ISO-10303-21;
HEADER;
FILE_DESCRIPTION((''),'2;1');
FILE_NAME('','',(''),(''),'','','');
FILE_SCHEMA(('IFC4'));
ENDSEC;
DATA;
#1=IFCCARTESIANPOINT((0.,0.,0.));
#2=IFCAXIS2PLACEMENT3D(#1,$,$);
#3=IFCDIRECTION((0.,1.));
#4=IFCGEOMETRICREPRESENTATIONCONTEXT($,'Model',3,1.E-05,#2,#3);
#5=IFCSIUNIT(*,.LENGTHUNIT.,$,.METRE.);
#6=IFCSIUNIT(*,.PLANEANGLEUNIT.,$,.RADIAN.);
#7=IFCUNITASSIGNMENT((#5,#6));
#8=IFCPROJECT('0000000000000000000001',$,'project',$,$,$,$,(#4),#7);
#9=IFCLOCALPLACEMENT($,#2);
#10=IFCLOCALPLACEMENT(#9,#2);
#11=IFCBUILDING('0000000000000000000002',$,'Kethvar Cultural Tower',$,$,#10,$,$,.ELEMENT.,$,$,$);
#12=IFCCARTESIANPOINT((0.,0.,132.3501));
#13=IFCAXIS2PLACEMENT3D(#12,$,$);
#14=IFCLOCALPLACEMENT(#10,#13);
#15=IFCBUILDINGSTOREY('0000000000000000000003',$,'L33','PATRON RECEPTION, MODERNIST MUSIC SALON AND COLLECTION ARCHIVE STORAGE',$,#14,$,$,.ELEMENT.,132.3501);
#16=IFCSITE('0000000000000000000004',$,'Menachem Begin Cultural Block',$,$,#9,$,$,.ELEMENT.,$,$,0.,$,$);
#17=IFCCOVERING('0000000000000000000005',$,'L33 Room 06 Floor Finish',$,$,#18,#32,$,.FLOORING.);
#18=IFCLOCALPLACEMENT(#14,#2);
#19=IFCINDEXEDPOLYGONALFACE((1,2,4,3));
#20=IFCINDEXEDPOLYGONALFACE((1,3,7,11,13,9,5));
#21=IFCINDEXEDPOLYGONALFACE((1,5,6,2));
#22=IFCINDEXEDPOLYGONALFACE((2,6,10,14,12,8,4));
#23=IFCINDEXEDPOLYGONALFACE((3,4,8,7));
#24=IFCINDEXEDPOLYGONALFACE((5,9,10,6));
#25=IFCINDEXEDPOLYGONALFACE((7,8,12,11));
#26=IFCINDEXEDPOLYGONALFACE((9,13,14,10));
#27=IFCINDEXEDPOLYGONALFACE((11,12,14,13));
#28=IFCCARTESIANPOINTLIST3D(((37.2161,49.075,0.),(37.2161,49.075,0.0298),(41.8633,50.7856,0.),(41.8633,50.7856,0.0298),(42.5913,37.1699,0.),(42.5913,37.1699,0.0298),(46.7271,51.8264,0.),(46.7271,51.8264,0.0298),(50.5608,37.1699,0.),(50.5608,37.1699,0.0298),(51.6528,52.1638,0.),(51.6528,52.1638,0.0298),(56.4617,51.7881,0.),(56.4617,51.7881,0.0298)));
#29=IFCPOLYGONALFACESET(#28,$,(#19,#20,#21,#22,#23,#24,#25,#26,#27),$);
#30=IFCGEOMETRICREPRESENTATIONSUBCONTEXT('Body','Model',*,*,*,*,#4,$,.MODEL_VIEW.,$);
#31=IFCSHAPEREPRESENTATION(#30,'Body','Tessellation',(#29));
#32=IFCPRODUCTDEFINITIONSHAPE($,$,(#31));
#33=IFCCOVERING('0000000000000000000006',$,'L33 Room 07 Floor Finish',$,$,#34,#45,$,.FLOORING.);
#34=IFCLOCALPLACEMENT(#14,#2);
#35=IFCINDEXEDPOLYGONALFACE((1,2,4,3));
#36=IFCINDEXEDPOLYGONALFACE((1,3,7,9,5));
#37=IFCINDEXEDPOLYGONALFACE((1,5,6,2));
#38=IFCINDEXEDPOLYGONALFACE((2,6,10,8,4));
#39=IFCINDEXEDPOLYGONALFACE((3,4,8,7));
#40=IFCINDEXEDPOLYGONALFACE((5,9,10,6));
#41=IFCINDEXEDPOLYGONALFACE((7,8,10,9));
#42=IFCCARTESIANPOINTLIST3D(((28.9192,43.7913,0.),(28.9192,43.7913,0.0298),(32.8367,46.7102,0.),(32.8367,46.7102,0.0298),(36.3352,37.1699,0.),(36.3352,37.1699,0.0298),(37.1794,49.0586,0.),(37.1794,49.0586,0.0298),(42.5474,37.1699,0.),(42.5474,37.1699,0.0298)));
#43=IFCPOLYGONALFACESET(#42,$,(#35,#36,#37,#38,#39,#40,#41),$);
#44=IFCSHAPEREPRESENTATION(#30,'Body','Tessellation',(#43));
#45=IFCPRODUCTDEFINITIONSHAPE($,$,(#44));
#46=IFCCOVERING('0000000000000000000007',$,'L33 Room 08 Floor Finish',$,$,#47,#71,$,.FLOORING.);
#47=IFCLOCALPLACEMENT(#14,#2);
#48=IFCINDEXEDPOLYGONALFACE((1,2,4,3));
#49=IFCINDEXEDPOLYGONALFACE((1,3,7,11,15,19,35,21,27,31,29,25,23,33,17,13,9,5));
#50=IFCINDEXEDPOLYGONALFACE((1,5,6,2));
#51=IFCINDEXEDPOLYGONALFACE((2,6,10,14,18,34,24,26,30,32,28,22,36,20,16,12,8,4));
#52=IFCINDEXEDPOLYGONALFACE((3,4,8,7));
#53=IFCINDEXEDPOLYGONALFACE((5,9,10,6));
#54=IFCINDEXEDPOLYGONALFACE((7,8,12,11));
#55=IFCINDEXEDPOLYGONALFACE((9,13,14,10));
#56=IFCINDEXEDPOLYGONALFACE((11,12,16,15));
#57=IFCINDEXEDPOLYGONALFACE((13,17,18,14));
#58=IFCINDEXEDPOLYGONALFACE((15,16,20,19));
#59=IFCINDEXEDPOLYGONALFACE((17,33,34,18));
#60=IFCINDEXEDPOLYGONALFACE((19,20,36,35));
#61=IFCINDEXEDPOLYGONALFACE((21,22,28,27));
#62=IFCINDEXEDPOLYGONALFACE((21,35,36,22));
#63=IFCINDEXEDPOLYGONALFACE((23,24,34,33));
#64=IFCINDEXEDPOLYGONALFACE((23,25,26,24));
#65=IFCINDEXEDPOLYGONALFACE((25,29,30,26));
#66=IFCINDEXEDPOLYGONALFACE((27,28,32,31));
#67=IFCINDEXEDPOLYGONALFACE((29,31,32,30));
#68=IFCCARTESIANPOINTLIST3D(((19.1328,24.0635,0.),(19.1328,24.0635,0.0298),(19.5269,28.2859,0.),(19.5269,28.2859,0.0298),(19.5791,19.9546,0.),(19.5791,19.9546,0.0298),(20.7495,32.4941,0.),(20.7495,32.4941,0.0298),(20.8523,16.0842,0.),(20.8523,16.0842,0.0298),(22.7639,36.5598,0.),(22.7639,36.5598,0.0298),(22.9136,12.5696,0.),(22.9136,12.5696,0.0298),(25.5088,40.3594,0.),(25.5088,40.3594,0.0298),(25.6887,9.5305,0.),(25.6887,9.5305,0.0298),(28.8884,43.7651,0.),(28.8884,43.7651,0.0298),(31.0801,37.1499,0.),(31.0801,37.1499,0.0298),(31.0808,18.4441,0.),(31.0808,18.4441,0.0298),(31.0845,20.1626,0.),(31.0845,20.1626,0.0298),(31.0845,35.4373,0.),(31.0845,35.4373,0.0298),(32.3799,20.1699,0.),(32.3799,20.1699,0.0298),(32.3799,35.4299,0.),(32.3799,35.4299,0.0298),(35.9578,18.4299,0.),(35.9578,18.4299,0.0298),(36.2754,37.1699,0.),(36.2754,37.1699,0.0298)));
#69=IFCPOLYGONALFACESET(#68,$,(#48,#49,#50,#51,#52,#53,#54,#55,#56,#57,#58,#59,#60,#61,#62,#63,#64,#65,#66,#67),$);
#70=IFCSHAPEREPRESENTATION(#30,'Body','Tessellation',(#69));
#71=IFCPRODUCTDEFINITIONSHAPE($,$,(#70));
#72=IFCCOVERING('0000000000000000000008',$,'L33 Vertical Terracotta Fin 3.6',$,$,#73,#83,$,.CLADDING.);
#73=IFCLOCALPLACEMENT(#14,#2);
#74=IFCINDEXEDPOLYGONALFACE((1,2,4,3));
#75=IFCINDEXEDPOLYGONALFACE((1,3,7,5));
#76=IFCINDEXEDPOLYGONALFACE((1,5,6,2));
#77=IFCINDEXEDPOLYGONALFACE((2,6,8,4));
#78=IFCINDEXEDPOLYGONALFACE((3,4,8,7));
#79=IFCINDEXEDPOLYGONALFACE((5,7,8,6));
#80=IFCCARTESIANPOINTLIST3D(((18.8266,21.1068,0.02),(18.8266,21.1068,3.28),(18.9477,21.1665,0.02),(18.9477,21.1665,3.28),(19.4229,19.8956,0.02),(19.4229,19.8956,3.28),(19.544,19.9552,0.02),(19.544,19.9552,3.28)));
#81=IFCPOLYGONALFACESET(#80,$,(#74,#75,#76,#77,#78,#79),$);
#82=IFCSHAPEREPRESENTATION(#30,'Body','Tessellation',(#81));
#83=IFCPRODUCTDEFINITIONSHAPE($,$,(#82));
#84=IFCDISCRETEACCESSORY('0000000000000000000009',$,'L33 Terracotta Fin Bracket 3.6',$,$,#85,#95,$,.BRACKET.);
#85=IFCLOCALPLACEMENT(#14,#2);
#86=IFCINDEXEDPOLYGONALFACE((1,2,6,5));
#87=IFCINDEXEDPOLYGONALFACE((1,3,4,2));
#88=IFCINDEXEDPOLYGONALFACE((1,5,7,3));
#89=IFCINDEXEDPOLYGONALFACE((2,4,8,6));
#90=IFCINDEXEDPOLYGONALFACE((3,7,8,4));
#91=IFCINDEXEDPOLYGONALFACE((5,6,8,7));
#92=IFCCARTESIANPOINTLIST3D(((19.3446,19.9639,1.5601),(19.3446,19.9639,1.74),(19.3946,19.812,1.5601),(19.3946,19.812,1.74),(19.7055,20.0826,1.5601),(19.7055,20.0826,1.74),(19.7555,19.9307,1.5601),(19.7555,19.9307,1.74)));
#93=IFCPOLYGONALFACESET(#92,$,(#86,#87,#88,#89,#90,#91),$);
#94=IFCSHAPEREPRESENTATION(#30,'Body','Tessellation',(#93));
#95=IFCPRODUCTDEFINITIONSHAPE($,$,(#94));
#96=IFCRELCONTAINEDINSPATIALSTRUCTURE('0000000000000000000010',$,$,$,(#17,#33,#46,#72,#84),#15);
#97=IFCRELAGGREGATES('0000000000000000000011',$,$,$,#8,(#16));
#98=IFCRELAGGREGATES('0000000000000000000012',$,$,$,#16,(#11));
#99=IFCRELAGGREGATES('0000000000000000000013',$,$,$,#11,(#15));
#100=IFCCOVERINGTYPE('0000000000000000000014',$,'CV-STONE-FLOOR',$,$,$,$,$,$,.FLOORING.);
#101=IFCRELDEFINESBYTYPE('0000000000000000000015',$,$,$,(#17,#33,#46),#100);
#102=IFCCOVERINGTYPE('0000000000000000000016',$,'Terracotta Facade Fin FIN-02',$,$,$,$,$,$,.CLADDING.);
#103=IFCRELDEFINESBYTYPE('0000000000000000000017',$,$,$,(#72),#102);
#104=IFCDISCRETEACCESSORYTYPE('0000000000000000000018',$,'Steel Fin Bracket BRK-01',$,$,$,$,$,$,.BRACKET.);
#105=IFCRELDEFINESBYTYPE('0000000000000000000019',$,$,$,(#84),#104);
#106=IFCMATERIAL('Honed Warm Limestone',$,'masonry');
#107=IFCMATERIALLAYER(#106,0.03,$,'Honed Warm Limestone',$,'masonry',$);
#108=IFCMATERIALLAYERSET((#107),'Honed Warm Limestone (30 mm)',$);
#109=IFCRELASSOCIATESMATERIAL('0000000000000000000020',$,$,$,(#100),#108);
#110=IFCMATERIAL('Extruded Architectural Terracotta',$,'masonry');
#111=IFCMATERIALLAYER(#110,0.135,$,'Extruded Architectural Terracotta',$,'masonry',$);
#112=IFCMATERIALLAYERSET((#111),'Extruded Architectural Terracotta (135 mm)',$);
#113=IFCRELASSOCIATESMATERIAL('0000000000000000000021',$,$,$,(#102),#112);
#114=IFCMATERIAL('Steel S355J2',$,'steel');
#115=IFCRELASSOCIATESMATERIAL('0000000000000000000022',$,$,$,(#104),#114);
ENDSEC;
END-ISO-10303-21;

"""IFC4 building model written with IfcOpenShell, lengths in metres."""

from ifc_helpers import new_model, si_unit, direction, frame, origin, origin_2d, place, context, subcontext, project, spatial, polyline, rectangle, outline, extrude, source, transform, mapped, material, layer, layer_set, type_object, element, save


model = new_model("IFC4")

# Units and contexts
model_context = context("Model", 3, precision=1e-05, world=origin(), true_north=direction((0.0, 1.0)))
body_context = subcontext(model_context, "Body", "Model", "MODEL_VIEW")
ifc_project = project(units=[si_unit("LENGTHUNIT", "METRE"), si_unit("PLANEANGLEUNIT", "RADIAN")], contexts=[model_context])

# Site, building, storey
site_placement = place(None, origin())
site = spatial("IfcSite", under=ifc_project, at=site_placement, Name="Menachem Begin Cultural Block", CompositionType="ELEMENT", RefElevation=0.0)
building_placement = place(site_placement, origin())
building = spatial("IfcBuilding", under=site, at=building_placement, Name="Kethvar Cultural Tower", CompositionType="ELEMENT")
storey_placement = place(building_placement, frame((0.0, 0.0, 132.3501)))
storey = spatial("IfcBuildingStorey", under=building, at=storey_placement, Name="L33", Description="PATRON RECEPTION, MODERNIST MUSIC SALON AND COLLECTION ARCHIVE STORAGE", CompositionType="ELEMENT", Elevation=132.3501)

# Coverings
ifc_material_1 = material(Name="Honed Warm Limestone", Category="masonry")
ifc_layer_1 = layer(ifc_material_1, 0.03, Name="Honed Warm Limestone", Category="masonry")
ifc_layer_set_1 = layer_set([ifc_layer_1], Name="Honed Warm Limestone (30 mm)")
covering_type_1 = type_object("IfcCoveringType", Name="CV-STONE-FLOOR", PredefinedType="FLOORING", material=ifc_layer_set_1)
covering_1_placement = place(storey_placement, origin())
element("IfcCovering", 1, at=covering_1_placement, inside=storey, type_object=covering_type_1, Name="L33 Room 06 Floor Finish", PredefinedType="FLOORING", context=body_context, shape_type="SweptSolid", body=[
    extrude(outline(polyline([(41.8633, 50.7856), (46.7271, 51.8264), (51.6528, 52.1638), (56.4617, 51.7881), (50.5608, 37.1699), (42.5913, 37.1699), (37.2161, 49.075), (41.8633, 50.7856)])), origin(), (0.0, 0.0, 1.0), 0.0298),
])
covering_2_placement = place(storey_placement, origin())
element("IfcCovering", 2, at=covering_2_placement, inside=storey, type_object=covering_type_1, Name="L33 Room 07 Floor Finish", PredefinedType="FLOORING", context=body_context, shape_type="SweptSolid", body=[
    extrude(outline(polyline([(28.9192, 43.7913), (32.8367, 46.7102), (37.1794, 49.0586), (42.5474, 37.1699), (36.3352, 37.1699), (28.9192, 43.7913)])), origin(), (0.0, 0.0, 1.0), 0.0298),
])
covering_3_placement = place(storey_placement, origin())
element("IfcCovering", 3, at=covering_3_placement, inside=storey, type_object=covering_type_1, Name="L33 Room 08 Floor Finish", PredefinedType="FLOORING", context=body_context, shape_type="SweptSolid", body=[
    extrude(outline(polyline([(22.9136, 12.5696), (20.8523, 16.0842), (19.5791, 19.9546), (19.1328, 24.0635), (19.5269, 28.2859), (20.7495, 32.4941), (22.7639, 36.5598), (25.5088, 40.3594), (28.8884, 43.7651), (36.2754, 37.1699), (31.0801, 37.1499), (31.0845, 35.4373), (32.3799, 35.4299), (32.3799, 20.1699), (31.0845, 20.1626), (31.0808, 18.4441), (35.9578, 18.4299), (25.6887, 9.5305), (22.9136, 12.5696)])), origin(), (0.0, 0.0, 1.0), 0.0298),
])
ifc_material_2 = material(Name="Extruded Architectural Terracotta", Category="masonry")
ifc_layer_2 = layer(ifc_material_2, 0.135, Name="Extruded Architectural Terracotta", Category="masonry")
ifc_layer_set_2 = layer_set([ifc_layer_2], Name="Extruded Architectural Terracotta (135 mm)")
covering_type_2 = type_object("IfcCoveringType", Name="Terracotta Facade Fin FIN-02", PredefinedType="CLADDING", material=ifc_layer_set_2)
shared_shape_1 = source(origin(), body_context, "Body", "SweptSolid", [
    extrude(rectangle(XDim=1.3501, YDim=0.135, at=origin_2d()), origin(), (0.0, 0.0, 1.0), 3.26),
])
covering_4_placement = place(storey_placement, frame((19.1853, 20.531, 0.02), z_axis=(0.0, 0.0, 1.0), x_axis=(-0.441662, 0.897181, 0.0)))
element("IfcCovering", 4, at=covering_4_placement, inside=storey, type_object=covering_type_2, Name="L33 Vertical Terracotta Fin 3.6", PredefinedType="CLADDING", context=body_context, shape_type="MappedRepresentation", body=[
    mapped(shared_shape_1, transform((0.0, 0.0, 0.0), scale=1.0)),
])

# Discrete accessory
ifc_material_3 = material(Name="Steel S355J2", Category="steel")
discrete_accessory_type = type_object("IfcDiscreteAccessoryType", Name="Steel Fin Bracket BRK-01", PredefinedType="BRACKET", material=ifc_material_3)
shared_shape_2 = source(origin(), body_context, "Body", "SweptSolid", [
    extrude(rectangle(XDim=0.3799, YDim=0.1599, at=origin_2d()), origin(), (0.0, 0.0, 1.0), 0.1799),
])
discrete_accessory_placement = place(storey_placement, frame((19.55, 19.9473, 1.5601), z_axis=(0.0, 0.0, 1.0), x_axis=(-0.949918, -0.312501, 0.0)))
element("IfcDiscreteAccessory", 5, at=discrete_accessory_placement, inside=storey, type_object=discrete_accessory_type, Name="L33 Terracotta Fin Bracket 3.6", PredefinedType="BRACKET", context=body_context, shape_type="MappedRepresentation", body=[
    mapped(shared_shape_2, transform((0.0, 0.0, 0.0), scale=1.0)),
])

save(model, "model.ifc")
